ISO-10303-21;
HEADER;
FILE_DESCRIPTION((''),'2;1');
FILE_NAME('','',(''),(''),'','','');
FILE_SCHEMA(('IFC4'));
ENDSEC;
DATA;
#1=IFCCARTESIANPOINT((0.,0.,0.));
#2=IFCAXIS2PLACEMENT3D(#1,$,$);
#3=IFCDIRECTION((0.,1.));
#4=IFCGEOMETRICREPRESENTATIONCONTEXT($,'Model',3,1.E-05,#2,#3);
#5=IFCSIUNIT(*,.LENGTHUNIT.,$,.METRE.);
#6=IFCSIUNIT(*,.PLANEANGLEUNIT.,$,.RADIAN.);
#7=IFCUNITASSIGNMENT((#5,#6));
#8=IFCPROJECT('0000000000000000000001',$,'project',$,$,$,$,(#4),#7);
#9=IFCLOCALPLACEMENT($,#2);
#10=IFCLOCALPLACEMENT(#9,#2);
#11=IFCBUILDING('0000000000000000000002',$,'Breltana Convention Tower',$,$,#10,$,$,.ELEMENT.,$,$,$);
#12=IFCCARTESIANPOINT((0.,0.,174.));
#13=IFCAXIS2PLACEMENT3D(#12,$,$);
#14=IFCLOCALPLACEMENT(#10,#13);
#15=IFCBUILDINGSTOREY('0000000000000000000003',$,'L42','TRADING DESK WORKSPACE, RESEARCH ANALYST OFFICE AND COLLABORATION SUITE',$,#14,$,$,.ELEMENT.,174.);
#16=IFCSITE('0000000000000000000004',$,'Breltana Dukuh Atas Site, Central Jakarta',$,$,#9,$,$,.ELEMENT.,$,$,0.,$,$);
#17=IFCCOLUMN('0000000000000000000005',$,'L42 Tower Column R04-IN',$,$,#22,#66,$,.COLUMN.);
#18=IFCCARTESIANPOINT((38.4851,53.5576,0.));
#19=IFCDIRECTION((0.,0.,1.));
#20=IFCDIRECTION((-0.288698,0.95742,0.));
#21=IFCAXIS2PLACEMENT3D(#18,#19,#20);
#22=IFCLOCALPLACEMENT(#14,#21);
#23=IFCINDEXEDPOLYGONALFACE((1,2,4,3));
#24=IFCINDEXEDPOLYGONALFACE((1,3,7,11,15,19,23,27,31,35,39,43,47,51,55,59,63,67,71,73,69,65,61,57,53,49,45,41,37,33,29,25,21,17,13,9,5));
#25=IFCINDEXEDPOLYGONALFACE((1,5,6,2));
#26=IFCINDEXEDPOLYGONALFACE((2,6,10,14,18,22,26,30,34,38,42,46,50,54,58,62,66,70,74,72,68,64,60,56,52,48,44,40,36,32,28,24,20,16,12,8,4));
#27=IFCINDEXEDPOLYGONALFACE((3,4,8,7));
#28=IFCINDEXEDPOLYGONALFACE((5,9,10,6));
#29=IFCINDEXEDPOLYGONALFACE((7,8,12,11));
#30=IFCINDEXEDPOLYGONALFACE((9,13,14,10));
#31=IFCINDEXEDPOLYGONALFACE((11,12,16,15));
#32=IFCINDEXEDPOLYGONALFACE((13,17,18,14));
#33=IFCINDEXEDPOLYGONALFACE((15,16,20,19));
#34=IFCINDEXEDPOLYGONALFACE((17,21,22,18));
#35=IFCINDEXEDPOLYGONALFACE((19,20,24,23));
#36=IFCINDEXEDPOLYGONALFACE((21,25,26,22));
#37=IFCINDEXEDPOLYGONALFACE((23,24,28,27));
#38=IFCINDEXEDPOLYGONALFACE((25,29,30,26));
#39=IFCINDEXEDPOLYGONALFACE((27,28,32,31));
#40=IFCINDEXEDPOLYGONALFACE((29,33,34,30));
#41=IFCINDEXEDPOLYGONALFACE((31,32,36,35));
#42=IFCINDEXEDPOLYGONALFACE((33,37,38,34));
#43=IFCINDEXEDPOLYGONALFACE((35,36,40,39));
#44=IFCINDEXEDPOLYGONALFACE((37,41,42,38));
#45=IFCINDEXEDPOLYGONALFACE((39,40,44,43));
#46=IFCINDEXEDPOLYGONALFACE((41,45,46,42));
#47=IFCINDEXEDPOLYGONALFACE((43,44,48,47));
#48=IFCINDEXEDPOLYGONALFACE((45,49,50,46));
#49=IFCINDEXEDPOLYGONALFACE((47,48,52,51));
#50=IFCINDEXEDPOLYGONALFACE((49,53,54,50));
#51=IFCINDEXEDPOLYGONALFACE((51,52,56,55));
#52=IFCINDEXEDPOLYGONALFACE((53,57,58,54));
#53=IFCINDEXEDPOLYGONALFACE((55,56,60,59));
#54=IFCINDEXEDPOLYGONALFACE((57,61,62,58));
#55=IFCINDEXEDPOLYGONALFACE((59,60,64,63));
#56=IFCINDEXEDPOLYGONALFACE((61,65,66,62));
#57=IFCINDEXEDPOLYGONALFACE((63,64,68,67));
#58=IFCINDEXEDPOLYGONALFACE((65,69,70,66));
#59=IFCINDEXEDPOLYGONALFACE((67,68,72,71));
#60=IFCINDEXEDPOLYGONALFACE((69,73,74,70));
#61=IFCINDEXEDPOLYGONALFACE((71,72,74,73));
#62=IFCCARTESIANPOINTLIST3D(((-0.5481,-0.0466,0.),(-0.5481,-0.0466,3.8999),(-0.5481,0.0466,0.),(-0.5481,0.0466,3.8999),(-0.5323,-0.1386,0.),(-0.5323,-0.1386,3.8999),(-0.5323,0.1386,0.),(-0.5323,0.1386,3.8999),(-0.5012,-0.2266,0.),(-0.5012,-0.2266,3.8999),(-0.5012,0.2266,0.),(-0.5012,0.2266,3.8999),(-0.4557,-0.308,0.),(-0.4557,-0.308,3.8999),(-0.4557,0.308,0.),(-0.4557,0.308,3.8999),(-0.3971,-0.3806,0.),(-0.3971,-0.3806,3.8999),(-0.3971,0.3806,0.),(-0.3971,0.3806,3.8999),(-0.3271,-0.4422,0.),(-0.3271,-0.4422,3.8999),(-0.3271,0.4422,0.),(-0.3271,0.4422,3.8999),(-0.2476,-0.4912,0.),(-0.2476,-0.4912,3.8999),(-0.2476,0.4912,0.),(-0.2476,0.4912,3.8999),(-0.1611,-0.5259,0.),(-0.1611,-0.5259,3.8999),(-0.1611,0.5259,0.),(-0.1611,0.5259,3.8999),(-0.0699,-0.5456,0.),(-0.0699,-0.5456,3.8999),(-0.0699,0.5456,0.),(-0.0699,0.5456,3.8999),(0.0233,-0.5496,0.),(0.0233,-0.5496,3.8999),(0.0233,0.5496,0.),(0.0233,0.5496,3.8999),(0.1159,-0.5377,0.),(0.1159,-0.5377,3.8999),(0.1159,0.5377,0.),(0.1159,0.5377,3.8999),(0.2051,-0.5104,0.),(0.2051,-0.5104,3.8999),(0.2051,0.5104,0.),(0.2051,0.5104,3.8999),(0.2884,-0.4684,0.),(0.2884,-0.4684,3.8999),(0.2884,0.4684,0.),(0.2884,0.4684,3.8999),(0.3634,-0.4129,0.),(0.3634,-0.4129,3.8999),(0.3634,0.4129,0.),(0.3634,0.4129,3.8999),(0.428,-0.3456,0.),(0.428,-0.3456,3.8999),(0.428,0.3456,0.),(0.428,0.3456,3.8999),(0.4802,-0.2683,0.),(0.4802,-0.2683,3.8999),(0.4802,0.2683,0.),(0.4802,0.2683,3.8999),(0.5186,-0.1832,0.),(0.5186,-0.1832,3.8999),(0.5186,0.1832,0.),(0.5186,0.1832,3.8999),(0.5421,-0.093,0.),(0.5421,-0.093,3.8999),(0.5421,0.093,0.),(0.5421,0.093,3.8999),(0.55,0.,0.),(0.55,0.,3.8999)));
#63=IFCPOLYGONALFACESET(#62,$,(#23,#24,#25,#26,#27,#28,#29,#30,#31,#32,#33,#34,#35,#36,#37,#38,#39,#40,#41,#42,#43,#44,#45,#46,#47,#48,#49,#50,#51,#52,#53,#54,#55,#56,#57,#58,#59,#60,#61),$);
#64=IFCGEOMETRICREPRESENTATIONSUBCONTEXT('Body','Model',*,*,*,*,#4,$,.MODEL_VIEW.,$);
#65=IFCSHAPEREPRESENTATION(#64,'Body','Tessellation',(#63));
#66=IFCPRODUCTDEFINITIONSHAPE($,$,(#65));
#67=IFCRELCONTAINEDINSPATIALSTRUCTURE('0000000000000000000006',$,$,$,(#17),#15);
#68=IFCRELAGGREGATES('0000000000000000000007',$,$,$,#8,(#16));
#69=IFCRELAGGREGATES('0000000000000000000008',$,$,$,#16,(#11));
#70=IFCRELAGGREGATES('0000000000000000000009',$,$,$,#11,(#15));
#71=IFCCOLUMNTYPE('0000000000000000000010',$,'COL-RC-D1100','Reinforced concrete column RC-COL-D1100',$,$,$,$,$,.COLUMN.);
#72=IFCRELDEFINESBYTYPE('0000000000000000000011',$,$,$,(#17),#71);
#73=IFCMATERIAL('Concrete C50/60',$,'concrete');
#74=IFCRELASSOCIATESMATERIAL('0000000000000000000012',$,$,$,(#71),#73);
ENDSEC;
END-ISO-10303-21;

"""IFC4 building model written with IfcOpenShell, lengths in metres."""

from ifc_helpers import new_model, si_unit, direction, frame, origin, origin_2d, place, context, subcontext, project, spatial, circle, extrude, source, transform, mapped, material, material_profile, profile_set, type_object, element, save


model = new_model("IFC4")

# Units and contexts
model_context = context("Model", 3, precision=1e-05, world=origin(), true_north=direction((0.0, 1.0)))
body_context = subcontext(model_context, "Body", "Model", "MODEL_VIEW")
ifc_project = project(units=[si_unit("LENGTHUNIT", "METRE"), si_unit("PLANEANGLEUNIT", "RADIAN")], contexts=[model_context])

# Site, building, storey
site_placement = place(None, origin())
site = spatial("IfcSite", under=ifc_project, at=site_placement, Name="Breltana Dukuh Atas Site, Central Jakarta", CompositionType="ELEMENT", RefElevation=0.0)
building_placement = place(site_placement, origin())
building = spatial("IfcBuilding", under=site, at=building_placement, Name="Breltana Convention Tower", CompositionType="ELEMENT")
storey_placement = place(building_placement, frame((0.0, 0.0, 174.0)))
storey = spatial("IfcBuildingStorey", under=building, at=storey_placement, Name="L42", Description="TRADING DESK WORKSPACE, RESEARCH ANALYST OFFICE AND COLLABORATION SUITE", CompositionType="ELEMENT", Elevation=174.0)

# Column
ifc_material_1 = material(Name="Concrete C50/60", Category="concrete")
ifc_material_profile_1 = material_profile(ifc_material_1, circle(Radius=0.55, at=origin_2d()), Name="RC-COL-D1100")
ifc_profile_set_1 = profile_set([ifc_material_profile_1], Name="Concrete C50/60")
column_type = type_object("IfcColumnType", Name="COL-RC-D1100", Description="Reinforced concrete column RC-COL-D1100", PredefinedType="COLUMN", material=ifc_profile_set_1)
shared_shape_1 = source(origin(), body_context, "Body", "SweptSolid", [
    extrude(circle(Radius=0.55, at=origin_2d()), origin(), (0.0, 0.0, 1.0), 3.8999),
])
for number, where, z_axis, x_axis, name in (
    (1, (38.4851, 53.5576, 0.0), (0.0, 0.0, 1.0), (-0.288698, 0.95742, 0.0), "L42 Tower Column R04-IN"),
):
    element("IfcColumn", number, at=place(storey_placement, frame(where, z_axis=z_axis, x_axis=x_axis)), inside=storey, type_object=column_type, Name=name, PredefinedType="COLUMN", context=body_context, shape_type="MappedRepresentation", body=[
        mapped(shared_shape_1, transform((0.0, 0.0, 0.0), scale=1.0)),
    ])

save(model, "model.ifc")
